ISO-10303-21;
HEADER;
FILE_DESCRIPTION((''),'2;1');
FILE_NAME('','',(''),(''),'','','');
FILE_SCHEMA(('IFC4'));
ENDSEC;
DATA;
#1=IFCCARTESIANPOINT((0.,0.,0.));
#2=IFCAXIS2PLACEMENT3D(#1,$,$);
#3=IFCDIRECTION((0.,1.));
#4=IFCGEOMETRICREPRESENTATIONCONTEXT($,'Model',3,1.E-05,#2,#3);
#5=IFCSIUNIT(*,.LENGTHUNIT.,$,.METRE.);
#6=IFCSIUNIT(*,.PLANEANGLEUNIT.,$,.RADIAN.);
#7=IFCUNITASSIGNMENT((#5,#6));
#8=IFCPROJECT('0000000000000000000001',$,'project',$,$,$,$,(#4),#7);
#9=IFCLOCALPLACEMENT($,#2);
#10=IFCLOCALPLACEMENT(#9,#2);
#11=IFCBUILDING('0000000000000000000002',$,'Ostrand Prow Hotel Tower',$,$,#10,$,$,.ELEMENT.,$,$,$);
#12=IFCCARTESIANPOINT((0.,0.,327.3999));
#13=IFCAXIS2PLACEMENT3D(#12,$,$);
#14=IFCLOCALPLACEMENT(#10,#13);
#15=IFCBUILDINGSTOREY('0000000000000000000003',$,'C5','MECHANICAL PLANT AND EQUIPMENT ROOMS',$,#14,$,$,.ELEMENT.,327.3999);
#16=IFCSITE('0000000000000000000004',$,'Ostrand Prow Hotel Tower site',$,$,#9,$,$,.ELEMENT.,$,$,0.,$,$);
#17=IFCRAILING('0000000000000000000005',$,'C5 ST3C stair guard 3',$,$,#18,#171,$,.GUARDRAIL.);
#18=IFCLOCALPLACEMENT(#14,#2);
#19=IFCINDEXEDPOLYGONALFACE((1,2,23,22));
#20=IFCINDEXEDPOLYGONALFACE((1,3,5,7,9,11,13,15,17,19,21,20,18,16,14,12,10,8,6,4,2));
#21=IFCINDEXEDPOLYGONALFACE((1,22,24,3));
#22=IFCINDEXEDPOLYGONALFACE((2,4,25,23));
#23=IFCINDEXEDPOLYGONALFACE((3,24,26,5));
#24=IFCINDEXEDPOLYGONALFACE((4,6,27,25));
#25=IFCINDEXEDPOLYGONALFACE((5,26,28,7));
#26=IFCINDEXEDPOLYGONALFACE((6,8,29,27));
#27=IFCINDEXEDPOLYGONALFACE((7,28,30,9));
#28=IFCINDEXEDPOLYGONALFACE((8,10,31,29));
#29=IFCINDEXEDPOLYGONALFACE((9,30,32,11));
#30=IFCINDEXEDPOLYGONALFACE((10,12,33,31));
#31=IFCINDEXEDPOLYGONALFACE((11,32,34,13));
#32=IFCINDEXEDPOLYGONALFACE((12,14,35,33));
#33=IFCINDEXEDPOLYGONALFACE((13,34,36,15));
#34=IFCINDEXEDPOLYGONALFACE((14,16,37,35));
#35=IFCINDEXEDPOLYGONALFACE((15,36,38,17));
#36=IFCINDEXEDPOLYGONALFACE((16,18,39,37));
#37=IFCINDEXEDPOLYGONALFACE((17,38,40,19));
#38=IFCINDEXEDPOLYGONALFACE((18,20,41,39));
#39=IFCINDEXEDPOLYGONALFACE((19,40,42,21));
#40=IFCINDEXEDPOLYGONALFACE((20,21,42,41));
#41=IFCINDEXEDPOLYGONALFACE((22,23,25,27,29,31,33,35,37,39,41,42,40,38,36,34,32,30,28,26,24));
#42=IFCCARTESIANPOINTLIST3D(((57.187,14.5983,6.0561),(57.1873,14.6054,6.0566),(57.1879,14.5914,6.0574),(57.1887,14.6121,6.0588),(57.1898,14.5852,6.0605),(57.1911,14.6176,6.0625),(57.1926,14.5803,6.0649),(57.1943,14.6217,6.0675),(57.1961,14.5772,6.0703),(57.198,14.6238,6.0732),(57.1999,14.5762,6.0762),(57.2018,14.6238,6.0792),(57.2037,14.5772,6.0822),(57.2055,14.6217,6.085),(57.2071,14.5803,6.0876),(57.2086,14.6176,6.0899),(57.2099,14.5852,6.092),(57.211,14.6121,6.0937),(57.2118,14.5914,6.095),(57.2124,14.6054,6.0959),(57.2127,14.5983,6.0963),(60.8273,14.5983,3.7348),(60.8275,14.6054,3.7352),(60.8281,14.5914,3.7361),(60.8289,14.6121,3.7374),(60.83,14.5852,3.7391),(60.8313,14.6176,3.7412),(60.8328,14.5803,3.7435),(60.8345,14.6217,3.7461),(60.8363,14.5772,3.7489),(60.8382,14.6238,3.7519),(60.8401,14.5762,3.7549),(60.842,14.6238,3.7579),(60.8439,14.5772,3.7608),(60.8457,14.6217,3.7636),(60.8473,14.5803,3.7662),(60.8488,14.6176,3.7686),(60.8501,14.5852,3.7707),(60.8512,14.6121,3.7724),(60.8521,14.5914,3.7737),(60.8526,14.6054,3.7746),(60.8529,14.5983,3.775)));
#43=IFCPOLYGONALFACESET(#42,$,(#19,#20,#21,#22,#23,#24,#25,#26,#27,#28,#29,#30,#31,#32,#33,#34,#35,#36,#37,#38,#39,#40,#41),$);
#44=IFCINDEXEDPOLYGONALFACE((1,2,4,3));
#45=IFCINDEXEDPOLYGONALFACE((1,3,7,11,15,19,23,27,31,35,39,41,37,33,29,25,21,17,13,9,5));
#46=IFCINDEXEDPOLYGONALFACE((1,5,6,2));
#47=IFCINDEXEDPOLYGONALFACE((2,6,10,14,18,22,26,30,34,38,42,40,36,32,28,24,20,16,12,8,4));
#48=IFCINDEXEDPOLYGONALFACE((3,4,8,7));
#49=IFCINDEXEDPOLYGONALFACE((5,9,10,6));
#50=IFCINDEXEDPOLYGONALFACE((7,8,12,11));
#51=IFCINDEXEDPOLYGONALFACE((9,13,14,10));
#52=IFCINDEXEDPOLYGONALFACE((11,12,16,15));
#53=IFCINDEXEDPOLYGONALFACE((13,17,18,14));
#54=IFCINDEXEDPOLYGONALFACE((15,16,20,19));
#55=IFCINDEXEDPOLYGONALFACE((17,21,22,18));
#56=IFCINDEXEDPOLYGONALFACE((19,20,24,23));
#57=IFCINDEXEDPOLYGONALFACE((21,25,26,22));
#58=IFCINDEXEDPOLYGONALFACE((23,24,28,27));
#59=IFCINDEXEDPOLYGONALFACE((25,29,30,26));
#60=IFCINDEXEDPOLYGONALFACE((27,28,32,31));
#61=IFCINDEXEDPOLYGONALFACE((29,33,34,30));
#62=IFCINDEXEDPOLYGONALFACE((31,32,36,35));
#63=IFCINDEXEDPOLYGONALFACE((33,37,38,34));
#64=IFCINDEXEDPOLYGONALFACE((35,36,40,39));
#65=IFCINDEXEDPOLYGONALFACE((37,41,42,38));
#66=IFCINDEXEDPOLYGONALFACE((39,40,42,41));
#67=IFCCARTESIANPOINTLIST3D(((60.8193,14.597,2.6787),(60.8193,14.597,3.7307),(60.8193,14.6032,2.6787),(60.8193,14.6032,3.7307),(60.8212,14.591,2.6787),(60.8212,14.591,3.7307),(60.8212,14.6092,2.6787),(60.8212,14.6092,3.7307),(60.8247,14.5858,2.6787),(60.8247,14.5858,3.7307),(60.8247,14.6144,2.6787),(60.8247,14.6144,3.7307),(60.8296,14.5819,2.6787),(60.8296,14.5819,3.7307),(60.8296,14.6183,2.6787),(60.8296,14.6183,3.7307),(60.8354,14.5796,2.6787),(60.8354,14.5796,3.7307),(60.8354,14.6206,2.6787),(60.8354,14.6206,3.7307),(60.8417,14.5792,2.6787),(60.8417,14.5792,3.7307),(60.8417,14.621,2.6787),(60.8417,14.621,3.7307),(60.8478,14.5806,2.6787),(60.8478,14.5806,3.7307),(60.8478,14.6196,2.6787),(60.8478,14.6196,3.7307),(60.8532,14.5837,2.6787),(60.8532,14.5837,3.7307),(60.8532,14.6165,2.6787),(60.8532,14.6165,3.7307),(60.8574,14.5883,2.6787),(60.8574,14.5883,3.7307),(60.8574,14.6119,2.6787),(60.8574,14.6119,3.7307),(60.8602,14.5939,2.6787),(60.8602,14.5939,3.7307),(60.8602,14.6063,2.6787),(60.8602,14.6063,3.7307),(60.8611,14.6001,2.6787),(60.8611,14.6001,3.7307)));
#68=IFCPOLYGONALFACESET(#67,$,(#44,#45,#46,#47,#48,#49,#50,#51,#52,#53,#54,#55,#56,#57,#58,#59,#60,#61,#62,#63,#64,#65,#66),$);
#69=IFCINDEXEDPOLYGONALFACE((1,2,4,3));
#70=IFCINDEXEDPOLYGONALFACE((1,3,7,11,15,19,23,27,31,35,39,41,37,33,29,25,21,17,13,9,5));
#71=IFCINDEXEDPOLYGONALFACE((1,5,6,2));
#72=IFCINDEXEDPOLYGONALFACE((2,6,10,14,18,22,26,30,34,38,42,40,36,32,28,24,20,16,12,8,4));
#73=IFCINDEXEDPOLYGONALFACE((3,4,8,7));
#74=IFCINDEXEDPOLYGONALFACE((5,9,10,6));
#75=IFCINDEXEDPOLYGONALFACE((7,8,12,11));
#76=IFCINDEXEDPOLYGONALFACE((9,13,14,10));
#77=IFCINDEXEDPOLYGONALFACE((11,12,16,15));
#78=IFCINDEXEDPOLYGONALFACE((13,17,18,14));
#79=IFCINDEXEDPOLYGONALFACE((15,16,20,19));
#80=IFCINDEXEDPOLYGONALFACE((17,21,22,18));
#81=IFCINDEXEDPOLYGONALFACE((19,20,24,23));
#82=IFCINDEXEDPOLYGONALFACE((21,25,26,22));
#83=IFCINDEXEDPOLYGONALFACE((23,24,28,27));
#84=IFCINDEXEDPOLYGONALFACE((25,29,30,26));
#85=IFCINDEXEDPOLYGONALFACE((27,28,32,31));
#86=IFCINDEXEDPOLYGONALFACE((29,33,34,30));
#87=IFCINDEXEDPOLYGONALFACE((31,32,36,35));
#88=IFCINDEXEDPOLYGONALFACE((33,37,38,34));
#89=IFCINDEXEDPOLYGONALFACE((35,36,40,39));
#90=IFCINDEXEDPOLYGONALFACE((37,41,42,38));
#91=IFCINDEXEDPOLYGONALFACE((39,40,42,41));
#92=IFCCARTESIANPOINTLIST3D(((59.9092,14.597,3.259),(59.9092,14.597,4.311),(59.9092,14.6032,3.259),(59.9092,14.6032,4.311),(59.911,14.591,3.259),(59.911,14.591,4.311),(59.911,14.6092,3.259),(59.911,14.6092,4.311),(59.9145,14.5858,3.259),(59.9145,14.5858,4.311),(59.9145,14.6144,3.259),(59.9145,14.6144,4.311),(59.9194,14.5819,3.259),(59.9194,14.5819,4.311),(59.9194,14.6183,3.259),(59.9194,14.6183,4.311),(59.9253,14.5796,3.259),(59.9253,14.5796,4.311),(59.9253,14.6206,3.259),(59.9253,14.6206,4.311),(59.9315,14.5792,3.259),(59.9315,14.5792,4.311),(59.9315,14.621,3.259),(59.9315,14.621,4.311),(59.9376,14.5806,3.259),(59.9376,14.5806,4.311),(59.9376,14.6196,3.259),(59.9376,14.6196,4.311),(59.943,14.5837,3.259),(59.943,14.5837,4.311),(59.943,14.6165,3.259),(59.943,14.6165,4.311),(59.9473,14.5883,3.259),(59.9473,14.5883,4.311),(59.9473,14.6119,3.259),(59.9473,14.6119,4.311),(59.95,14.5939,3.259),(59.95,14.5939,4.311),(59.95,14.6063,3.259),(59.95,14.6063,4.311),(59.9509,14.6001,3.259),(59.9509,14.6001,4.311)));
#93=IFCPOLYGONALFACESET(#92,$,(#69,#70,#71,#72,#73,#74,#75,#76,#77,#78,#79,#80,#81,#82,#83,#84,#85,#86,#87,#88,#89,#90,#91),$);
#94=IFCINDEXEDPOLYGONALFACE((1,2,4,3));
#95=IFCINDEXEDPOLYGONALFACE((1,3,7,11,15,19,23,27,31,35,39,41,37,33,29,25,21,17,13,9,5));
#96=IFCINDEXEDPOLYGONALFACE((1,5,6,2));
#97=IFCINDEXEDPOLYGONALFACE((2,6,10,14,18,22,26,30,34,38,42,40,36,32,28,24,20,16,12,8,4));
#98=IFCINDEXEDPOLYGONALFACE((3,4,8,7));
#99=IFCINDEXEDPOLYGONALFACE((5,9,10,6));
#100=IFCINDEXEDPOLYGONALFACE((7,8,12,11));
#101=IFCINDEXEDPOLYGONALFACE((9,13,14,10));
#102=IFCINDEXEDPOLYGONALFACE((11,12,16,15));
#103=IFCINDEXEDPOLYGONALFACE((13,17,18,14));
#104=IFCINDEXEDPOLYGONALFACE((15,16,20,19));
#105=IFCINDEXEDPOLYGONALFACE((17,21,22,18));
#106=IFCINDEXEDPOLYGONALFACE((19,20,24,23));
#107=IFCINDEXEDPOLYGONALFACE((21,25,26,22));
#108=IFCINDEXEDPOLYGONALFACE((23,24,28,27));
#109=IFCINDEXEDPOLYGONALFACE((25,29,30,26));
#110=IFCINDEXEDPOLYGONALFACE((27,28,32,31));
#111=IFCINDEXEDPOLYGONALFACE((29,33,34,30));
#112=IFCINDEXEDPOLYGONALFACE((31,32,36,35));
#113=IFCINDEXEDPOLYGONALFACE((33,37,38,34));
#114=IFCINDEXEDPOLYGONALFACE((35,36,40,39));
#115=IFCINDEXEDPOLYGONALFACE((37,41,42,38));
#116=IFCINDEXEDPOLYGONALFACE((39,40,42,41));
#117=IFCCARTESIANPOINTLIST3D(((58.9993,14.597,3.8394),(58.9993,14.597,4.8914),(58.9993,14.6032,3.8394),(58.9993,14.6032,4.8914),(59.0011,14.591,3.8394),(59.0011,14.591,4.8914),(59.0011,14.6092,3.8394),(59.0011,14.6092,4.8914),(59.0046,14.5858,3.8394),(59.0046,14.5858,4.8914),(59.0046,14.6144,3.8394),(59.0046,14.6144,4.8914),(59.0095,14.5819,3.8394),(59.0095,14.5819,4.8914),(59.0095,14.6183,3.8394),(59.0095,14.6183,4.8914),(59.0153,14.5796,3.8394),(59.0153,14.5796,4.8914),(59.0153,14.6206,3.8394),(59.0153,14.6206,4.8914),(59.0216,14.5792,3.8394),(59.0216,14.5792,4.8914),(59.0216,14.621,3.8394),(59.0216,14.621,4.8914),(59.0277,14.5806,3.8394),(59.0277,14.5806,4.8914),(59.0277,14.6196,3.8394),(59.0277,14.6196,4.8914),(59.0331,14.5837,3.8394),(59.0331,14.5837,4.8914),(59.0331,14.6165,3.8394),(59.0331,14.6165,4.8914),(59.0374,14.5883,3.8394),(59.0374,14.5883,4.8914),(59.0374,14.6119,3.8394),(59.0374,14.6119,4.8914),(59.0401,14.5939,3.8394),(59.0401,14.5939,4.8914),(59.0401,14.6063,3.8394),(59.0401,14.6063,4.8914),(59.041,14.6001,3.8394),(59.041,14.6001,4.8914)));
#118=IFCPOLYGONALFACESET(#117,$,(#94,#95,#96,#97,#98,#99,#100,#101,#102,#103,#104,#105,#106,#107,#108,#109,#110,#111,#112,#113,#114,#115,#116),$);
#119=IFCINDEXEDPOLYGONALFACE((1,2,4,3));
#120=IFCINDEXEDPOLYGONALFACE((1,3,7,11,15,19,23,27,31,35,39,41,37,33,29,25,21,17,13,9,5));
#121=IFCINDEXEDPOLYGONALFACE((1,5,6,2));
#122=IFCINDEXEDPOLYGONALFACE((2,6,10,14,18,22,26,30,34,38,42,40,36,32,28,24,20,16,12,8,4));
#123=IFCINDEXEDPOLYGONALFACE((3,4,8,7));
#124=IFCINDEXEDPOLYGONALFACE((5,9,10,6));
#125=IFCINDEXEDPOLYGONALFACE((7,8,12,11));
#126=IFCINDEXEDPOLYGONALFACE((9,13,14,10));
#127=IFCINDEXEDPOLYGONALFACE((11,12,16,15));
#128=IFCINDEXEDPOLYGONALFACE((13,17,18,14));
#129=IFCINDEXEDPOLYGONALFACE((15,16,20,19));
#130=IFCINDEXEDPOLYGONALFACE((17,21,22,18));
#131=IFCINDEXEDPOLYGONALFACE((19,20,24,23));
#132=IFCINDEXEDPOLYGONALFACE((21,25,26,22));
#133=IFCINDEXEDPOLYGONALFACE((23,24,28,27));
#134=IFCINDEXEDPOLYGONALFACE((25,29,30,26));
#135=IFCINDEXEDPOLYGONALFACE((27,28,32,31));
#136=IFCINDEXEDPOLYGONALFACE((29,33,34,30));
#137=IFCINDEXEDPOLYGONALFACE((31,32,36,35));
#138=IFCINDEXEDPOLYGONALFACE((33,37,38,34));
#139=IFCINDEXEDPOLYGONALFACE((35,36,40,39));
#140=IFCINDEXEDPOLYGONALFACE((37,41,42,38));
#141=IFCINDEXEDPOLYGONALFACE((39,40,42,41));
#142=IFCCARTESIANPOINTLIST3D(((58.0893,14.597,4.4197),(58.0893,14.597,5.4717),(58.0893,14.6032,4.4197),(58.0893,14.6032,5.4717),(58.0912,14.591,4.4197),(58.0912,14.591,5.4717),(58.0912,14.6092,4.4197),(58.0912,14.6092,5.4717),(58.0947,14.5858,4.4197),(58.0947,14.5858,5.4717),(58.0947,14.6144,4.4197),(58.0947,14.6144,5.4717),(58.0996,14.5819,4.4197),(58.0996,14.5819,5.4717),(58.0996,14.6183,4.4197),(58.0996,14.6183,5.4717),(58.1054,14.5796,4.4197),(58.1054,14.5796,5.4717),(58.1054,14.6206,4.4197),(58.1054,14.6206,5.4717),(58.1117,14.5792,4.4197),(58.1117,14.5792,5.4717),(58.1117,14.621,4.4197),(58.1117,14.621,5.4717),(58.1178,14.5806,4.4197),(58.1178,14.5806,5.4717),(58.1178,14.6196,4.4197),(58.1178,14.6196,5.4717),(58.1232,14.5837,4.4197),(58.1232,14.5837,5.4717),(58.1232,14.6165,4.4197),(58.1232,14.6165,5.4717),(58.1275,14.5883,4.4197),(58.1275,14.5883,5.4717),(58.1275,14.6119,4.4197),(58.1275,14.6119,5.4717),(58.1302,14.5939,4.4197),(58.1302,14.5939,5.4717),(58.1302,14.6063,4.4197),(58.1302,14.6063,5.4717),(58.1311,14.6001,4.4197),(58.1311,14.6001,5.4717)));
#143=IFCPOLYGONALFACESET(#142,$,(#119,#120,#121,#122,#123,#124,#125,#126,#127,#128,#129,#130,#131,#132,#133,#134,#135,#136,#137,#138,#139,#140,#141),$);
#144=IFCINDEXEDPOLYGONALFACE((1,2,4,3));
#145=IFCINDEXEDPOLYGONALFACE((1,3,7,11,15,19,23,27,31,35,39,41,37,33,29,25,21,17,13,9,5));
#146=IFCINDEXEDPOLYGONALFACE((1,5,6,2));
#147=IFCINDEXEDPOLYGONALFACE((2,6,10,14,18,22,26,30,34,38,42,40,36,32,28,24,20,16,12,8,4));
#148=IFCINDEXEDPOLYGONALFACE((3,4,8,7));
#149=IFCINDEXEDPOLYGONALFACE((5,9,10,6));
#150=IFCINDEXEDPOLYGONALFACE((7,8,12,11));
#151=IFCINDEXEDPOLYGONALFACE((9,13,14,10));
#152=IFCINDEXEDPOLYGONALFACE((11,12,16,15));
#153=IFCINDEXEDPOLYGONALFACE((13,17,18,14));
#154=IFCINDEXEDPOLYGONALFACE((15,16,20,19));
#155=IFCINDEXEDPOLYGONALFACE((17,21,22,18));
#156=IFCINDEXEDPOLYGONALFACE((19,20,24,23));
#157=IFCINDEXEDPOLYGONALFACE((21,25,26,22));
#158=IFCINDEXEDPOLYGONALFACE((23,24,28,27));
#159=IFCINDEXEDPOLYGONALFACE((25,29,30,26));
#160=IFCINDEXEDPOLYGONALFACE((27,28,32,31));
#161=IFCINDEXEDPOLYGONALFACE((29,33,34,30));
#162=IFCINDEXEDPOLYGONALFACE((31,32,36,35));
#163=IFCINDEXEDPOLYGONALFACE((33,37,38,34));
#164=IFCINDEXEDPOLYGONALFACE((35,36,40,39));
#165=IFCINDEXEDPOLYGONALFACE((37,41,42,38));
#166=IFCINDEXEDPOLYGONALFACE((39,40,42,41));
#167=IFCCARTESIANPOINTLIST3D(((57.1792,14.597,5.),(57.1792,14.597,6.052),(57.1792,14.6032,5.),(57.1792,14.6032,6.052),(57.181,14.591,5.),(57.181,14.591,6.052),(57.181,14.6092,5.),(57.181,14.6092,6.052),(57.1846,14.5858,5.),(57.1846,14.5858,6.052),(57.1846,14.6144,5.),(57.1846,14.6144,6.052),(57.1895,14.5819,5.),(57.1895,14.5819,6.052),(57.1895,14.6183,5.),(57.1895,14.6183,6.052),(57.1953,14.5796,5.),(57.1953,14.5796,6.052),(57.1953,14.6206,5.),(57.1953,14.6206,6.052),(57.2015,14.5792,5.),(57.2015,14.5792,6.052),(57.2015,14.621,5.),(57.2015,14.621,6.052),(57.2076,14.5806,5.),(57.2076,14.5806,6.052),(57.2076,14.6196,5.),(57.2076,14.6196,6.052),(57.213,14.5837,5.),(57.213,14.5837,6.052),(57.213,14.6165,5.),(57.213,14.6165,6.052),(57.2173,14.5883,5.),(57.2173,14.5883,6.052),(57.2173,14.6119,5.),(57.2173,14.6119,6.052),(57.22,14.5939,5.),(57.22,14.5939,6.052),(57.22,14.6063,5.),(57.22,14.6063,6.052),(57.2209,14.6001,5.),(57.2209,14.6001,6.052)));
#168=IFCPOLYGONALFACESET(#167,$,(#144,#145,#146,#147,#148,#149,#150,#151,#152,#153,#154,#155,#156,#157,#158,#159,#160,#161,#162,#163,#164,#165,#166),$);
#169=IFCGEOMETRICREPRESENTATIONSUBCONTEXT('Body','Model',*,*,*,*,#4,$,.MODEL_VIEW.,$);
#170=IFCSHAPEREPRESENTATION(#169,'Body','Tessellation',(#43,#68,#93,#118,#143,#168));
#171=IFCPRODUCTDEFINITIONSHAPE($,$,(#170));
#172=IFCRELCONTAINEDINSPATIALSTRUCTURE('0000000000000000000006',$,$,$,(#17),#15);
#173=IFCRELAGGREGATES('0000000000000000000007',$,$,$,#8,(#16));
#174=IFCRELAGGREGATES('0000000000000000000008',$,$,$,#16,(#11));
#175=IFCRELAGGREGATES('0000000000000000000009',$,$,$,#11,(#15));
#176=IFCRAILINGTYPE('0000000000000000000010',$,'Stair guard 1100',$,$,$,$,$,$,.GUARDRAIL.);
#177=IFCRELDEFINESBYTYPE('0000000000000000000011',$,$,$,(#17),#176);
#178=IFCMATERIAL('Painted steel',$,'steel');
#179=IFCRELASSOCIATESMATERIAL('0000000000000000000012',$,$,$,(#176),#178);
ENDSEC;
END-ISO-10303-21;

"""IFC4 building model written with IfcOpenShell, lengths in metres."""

from ifc_helpers import new_model, si_unit, direction, frame, origin, origin_2d, place, context, subcontext, project, spatial, circle, extrude, material, type_object, element, save


model = new_model("IFC4")

# Units and contexts
model_context = context("Model", 3, precision=1e-05, world=origin(), true_north=direction((0.0, 1.0)))
body_context = subcontext(model_context, "Body", "Model", "MODEL_VIEW")
ifc_project = project(units=[si_unit("LENGTHUNIT", "METRE"), si_unit("PLANEANGLEUNIT", "RADIAN")], contexts=[model_context])

# Site, building, storey
site_placement = place(None, origin())
site = spatial("IfcSite", under=ifc_project, at=site_placement, Name="Ostrand Prow Hotel Tower site", CompositionType="ELEMENT", RefElevation=0.0)
building_placement = place(site_placement, origin())
building = spatial("IfcBuilding", under=site, at=building_placement, Name="Ostrand Prow Hotel Tower", CompositionType="ELEMENT")
storey_placement = place(building_placement, frame((0.0, 0.0, 327.3999)))
storey = spatial("IfcBuildingStorey", under=building, at=storey_placement, Name="C5", Description="MECHANICAL PLANT AND EQUIPMENT ROOMS", CompositionType="ELEMENT", Elevation=327.3999)

# Railing
ifc_material_1 = material(Name="Painted steel", Category="steel")
railing_type_1 = type_object("IfcRailingType", Name="Stair guard 1100", PredefinedType="GUARDRAIL", material=ifc_material_1)
railing_1_placement = place(storey_placement, frame((60.8401, 14.6001, 2.6787)))
element("IfcRailing", 1, at=railing_1_placement, inside=storey, type_object=railing_type_1, Name="C5 ST3C stair guard 3", PredefinedType="GUARDRAIL", context=body_context, shape_type="SweptSolid", body=[
    extrude(circle(Radius=0.0239, at=origin_2d()), frame((0.0, 0.0, 1.0762), z_axis=(-0.843153, 0.0, 0.537673), x_axis=(0.0, -1.0, 0.0)), (0.0, 0.0, 1.0), 4.3174),
    extrude(circle(Radius=0.021, at=origin_2d()), origin(), (0.0, 0.0, 1.0), 1.052),
    extrude(circle(Radius=0.021, at=origin_2d()), frame((-0.9102, 0.0, 0.5803)), (0.0, 0.0, 1.0), 1.052),
    extrude(circle(Radius=0.021, at=origin_2d()), frame((-1.8201, 0.0, 1.1606)), (0.0, 0.0, 1.0), 1.052),
    extrude(circle(Radius=0.021, at=origin_2d()), frame((-2.73, 0.0, 1.741)), (0.0, 0.0, 1.0), 1.052),
    extrude(circle(Radius=0.021, at=origin_2d()), frame((-3.6401, 0.0, 2.3213)), (0.0, 0.0, 1.0), 1.052),
])

save(model, "model.ifc")
